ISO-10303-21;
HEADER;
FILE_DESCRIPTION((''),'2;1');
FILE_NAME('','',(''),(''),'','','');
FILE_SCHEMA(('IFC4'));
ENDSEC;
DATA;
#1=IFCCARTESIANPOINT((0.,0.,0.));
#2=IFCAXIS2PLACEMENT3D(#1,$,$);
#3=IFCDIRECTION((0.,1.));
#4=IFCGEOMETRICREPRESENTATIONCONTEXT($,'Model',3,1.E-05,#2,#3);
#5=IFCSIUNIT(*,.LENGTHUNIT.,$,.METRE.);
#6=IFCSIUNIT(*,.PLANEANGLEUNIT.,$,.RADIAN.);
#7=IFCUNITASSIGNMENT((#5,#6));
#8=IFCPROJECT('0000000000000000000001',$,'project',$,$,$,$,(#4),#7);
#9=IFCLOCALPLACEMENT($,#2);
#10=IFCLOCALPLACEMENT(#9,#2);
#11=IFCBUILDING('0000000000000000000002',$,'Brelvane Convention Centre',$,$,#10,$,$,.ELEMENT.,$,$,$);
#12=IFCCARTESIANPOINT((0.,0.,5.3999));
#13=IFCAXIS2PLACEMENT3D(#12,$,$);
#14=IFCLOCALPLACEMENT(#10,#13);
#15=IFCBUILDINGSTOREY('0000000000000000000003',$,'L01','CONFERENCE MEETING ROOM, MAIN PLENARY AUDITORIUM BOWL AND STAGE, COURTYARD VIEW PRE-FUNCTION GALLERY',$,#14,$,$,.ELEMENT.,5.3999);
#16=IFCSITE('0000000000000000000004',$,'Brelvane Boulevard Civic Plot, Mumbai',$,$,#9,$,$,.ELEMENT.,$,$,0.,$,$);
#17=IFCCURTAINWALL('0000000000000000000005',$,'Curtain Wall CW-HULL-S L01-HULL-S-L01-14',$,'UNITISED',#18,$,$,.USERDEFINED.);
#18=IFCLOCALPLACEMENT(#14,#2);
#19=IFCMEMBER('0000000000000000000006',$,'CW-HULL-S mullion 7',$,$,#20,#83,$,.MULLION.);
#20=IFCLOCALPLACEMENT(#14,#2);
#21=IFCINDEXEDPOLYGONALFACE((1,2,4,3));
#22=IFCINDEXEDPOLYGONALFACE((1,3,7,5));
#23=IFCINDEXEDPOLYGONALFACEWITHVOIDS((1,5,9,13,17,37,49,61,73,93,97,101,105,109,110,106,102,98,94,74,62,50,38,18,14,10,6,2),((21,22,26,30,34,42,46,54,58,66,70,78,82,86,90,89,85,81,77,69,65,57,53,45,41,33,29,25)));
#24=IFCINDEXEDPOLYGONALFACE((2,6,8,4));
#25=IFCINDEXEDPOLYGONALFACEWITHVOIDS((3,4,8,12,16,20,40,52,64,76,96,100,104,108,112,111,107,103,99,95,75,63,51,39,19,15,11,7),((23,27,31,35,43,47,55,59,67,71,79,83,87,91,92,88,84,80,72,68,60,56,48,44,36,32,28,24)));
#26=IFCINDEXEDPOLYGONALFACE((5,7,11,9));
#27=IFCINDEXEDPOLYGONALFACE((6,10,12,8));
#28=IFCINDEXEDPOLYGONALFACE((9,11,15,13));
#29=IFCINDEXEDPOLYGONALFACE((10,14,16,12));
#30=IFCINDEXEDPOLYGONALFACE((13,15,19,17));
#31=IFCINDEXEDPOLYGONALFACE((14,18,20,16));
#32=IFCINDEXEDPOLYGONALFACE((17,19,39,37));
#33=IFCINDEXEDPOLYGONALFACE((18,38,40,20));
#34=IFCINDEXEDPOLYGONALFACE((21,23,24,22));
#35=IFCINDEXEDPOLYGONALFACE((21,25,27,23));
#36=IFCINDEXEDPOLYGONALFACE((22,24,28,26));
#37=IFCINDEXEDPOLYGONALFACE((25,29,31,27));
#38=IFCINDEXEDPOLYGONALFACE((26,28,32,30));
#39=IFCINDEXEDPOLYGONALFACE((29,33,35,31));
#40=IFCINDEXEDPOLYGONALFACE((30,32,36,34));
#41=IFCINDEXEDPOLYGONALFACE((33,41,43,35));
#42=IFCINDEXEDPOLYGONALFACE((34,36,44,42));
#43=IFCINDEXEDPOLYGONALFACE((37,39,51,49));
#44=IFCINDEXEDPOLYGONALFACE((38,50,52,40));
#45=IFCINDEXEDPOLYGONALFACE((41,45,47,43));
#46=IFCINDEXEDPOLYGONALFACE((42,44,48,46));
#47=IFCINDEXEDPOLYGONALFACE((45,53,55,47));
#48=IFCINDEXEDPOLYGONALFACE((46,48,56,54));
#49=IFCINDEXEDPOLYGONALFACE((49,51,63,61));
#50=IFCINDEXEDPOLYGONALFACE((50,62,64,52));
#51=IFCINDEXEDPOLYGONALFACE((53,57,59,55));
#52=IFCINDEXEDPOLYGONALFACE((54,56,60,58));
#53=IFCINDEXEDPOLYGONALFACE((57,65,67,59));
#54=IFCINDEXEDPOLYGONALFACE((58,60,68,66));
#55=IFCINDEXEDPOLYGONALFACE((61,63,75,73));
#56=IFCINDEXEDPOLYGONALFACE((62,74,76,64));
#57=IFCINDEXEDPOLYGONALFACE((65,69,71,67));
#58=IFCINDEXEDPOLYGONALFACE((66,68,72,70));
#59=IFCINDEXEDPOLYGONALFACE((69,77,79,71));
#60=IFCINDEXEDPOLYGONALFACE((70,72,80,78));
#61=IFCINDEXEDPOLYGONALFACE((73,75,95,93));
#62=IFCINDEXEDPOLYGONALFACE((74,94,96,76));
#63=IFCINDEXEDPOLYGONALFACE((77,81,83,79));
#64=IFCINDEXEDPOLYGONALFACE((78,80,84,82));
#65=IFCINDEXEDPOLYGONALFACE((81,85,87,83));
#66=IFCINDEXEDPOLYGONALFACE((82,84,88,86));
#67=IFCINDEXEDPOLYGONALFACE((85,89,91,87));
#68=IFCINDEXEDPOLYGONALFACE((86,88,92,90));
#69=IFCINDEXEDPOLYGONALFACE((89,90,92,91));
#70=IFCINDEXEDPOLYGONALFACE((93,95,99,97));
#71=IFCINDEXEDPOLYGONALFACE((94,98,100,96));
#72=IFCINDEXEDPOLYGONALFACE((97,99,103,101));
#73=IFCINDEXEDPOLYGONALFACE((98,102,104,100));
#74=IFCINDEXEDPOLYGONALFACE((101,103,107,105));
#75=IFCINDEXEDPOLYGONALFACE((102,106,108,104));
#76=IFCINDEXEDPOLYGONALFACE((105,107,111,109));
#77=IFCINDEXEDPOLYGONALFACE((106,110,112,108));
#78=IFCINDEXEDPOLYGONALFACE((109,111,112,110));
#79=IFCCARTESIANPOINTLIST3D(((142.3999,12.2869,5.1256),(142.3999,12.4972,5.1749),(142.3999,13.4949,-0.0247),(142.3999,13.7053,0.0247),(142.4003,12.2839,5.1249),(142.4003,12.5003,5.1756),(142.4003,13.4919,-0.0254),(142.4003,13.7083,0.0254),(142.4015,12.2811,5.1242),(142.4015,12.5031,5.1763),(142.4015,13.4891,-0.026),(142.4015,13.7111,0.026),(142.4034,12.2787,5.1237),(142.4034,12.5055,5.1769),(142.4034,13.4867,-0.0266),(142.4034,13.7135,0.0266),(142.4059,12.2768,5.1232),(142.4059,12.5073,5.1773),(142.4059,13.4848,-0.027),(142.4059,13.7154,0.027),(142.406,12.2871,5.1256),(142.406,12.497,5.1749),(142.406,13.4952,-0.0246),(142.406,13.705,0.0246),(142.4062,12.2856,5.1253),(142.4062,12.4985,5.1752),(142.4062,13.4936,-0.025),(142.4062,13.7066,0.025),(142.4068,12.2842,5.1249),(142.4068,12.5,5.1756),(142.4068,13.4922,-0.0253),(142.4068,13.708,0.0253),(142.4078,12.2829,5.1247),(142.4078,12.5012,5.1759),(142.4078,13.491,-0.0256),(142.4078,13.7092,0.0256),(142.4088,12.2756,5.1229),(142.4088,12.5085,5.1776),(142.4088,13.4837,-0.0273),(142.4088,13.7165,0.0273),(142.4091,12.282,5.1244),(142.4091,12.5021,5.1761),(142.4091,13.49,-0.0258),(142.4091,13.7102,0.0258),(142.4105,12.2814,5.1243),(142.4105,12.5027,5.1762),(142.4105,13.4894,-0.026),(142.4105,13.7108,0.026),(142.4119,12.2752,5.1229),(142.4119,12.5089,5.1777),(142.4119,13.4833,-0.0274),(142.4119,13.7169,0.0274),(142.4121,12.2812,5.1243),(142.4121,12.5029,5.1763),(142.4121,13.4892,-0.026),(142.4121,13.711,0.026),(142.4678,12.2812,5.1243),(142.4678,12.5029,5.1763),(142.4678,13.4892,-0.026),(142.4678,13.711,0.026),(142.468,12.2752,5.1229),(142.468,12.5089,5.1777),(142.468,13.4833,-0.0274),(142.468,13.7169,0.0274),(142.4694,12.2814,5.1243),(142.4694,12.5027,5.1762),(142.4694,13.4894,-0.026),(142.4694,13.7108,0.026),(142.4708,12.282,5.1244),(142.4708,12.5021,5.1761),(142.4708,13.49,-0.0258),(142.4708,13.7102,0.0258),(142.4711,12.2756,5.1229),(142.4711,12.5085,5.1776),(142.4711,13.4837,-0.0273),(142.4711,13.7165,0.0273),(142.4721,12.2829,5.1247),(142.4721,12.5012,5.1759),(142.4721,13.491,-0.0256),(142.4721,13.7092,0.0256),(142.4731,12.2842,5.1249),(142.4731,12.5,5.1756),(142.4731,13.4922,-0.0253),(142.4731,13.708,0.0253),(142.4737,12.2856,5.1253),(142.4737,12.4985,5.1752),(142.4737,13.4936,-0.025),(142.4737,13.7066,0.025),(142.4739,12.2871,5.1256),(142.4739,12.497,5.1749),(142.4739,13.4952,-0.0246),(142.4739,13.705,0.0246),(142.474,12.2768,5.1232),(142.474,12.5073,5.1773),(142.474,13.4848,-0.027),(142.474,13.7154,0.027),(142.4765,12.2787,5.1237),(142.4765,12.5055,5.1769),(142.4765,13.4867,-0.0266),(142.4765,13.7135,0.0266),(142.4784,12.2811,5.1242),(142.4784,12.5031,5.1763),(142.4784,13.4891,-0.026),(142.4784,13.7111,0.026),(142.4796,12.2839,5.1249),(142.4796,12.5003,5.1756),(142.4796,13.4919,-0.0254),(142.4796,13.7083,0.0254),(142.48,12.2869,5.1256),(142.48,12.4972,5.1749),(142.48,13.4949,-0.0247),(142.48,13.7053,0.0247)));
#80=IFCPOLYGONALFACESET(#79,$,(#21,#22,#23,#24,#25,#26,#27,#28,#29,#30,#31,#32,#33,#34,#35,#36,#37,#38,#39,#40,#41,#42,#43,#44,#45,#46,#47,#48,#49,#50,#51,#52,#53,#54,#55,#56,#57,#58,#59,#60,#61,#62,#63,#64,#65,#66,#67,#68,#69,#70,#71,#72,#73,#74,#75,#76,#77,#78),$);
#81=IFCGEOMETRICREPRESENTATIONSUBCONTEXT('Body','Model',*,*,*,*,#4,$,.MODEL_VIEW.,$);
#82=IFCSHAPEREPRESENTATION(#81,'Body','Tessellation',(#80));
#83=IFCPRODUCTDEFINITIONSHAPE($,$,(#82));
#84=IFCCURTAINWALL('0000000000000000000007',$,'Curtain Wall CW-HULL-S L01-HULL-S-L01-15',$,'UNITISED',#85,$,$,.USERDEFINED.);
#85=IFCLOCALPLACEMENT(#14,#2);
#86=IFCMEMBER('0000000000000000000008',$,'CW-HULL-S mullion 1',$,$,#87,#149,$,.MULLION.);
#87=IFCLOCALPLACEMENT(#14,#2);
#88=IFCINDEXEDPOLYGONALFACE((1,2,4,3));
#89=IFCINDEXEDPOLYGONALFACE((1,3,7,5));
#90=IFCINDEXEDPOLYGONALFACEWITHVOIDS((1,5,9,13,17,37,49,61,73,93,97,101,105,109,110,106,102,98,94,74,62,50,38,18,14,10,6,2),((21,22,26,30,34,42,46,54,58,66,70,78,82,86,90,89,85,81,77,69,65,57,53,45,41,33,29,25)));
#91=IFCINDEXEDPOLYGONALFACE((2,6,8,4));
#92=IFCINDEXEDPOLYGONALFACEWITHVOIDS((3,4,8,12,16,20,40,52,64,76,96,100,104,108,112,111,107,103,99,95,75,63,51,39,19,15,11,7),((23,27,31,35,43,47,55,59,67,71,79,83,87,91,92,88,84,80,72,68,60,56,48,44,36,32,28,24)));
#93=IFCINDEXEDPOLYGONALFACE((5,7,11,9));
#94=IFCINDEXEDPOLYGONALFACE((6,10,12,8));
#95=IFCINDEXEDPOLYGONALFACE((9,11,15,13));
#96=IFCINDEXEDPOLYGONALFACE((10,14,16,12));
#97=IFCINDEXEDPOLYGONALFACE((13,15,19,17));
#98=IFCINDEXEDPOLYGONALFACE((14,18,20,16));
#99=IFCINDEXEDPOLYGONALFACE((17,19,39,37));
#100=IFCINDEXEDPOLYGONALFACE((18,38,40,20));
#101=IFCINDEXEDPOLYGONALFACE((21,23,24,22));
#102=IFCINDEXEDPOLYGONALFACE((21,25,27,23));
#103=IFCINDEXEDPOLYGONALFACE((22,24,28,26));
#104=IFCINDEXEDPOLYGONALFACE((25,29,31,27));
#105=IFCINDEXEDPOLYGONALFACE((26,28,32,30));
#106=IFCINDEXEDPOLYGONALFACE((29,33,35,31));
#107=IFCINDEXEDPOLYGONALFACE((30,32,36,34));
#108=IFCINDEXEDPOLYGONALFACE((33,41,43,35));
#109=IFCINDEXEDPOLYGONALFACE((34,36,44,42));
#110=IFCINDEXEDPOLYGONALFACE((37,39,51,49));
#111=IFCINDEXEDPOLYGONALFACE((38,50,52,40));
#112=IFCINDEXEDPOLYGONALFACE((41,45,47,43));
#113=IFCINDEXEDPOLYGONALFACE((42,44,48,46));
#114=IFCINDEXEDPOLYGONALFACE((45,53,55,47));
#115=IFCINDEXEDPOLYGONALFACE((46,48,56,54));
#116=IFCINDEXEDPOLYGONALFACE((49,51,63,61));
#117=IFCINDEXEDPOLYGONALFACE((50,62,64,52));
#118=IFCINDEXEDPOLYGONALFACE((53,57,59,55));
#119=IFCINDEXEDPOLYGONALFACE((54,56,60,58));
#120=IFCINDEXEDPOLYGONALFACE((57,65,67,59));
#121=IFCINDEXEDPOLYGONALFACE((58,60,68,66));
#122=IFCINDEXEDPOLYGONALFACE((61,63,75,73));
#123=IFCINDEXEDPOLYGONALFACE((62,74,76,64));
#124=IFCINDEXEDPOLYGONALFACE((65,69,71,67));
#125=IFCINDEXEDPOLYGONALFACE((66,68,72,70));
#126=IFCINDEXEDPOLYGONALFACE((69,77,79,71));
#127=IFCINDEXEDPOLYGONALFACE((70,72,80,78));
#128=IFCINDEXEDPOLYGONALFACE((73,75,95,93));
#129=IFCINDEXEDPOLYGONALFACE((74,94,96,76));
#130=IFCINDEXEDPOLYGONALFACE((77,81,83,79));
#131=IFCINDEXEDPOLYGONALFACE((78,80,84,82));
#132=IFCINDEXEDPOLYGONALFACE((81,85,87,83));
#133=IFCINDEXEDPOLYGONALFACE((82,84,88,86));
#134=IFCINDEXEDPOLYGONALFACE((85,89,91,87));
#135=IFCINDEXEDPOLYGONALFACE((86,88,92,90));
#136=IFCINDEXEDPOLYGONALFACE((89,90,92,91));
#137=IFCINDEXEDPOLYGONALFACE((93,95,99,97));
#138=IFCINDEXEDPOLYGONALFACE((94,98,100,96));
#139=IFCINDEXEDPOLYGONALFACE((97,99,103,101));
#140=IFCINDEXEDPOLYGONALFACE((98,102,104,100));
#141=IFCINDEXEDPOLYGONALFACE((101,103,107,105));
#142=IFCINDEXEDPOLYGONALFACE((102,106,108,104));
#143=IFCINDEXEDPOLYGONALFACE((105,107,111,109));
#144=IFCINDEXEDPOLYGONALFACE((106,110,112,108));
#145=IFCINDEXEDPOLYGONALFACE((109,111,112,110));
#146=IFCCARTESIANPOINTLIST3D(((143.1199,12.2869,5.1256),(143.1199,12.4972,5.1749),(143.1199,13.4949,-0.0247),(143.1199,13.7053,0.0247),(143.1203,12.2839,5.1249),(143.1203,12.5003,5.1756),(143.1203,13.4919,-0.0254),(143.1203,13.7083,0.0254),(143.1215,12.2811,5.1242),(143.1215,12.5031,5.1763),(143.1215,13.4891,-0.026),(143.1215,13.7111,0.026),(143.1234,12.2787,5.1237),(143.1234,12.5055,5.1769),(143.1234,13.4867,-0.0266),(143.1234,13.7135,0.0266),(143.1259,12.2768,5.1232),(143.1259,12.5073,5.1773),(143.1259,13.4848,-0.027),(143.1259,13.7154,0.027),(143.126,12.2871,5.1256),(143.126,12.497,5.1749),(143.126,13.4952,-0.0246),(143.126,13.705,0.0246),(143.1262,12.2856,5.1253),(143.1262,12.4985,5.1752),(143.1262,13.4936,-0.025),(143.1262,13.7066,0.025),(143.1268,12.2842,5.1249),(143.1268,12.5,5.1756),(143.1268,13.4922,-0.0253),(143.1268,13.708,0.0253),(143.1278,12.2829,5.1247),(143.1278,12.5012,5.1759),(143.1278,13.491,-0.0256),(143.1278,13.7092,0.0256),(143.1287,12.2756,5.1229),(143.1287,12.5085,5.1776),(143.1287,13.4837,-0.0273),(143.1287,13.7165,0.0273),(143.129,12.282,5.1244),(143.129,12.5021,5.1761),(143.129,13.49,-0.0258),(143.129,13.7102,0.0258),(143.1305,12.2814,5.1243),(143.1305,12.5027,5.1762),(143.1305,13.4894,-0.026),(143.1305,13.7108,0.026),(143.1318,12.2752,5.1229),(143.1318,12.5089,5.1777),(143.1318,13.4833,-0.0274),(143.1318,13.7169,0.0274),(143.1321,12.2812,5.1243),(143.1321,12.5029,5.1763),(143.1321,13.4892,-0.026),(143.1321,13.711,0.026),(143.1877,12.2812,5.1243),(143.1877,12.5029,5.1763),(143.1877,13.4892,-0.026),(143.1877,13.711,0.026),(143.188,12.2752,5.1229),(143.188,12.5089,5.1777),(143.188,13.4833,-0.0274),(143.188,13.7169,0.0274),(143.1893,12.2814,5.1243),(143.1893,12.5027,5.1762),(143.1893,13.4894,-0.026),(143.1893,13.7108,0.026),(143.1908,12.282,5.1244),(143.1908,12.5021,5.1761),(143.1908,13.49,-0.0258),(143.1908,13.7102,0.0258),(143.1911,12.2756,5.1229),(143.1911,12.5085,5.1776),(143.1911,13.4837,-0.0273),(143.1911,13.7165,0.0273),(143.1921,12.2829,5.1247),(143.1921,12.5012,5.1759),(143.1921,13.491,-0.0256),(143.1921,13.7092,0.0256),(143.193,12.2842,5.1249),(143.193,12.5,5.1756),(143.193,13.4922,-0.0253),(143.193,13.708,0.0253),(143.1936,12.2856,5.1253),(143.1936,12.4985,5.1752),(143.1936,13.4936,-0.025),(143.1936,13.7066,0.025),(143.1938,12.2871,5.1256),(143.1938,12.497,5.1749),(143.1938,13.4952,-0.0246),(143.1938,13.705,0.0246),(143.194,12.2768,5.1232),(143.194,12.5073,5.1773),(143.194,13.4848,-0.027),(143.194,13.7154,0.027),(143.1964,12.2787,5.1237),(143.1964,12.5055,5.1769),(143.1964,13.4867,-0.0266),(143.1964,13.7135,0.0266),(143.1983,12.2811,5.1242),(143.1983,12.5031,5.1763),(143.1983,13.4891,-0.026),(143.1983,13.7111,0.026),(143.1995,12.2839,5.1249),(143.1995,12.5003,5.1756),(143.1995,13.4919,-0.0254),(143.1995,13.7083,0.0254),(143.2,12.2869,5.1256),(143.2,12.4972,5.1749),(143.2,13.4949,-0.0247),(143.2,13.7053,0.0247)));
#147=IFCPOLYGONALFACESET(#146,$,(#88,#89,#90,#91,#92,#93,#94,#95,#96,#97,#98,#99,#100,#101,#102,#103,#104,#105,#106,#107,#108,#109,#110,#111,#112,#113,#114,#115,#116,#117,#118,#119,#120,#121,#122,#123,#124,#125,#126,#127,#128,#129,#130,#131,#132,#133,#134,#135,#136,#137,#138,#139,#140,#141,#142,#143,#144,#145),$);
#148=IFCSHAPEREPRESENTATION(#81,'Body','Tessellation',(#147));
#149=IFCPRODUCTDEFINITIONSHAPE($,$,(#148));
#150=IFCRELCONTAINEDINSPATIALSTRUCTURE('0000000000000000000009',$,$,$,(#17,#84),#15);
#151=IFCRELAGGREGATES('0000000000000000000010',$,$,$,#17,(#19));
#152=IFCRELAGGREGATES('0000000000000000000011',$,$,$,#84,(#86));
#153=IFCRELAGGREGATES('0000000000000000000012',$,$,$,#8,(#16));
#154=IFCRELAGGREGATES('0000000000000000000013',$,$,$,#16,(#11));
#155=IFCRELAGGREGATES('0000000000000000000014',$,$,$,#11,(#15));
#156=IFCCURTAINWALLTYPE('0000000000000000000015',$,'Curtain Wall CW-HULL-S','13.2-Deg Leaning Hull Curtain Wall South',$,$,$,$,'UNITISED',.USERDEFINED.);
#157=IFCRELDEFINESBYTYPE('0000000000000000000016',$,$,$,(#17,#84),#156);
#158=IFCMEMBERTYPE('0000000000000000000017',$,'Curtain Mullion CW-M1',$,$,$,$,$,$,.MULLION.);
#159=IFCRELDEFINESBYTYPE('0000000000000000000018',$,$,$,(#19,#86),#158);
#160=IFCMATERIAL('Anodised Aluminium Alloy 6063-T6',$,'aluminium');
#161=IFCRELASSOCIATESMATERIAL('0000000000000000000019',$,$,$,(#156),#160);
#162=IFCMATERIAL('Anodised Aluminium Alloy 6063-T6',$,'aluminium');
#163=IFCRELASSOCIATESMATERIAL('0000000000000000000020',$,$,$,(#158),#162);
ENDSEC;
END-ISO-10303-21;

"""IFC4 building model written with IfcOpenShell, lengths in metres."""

from ifc_helpers import new_model, si_unit, direction, frame, origin, origin_2d, place, context, subcontext, project, spatial, hollow_rectangle, extrude, material, material_profile, profile_set, type_object, element, aggregate, save


model = new_model("IFC4")

# Units and contexts
model_context = context("Model", 3, precision=1e-05, world=origin(), true_north=direction((0.0, 1.0)))
body_context = subcontext(model_context, "Body", "Model", "MODEL_VIEW")
ifc_project = project(units=[si_unit("LENGTHUNIT", "METRE"), si_unit("PLANEANGLEUNIT", "RADIAN")], contexts=[model_context])

# Site, building, storey
site_placement = place(None, origin())
site = spatial("IfcSite", under=ifc_project, at=site_placement, Name="Brelvane Boulevard Civic Plot, Mumbai", CompositionType="ELEMENT", RefElevation=0.0)
building_placement = place(site_placement, origin())
building = spatial("IfcBuilding", under=site, at=building_placement, Name="Brelvane Convention Centre", CompositionType="ELEMENT")
storey_placement = place(building_placement, frame((0.0, 0.0, 5.3999)))
storey = spatial("IfcBuildingStorey", under=building, at=storey_placement, Name="L01", Description="CONFERENCE MEETING ROOM, MAIN PLENARY AUDITORIUM BOWL AND STAGE, COURTYARD VIEW PRE-FUNCTION GALLERY", CompositionType="ELEMENT", Elevation=5.3999)

# Curtain walls, members
ifc_material_1 = material(Name="Anodised Aluminium Alloy 6063-T6", Category="aluminium")
curtain_wall_type = type_object("IfcCurtainWallType", Name="Curtain Wall CW-HULL-S", Description="13.2-Deg Leaning Hull Curtain Wall South", ElementType="UNITISED", PredefinedType="USERDEFINED", material=ifc_material_1)
curtain_wall_1_placement = place(storey_placement, origin())
curtain_wall_1 = element("IfcCurtainWall", 1, at=curtain_wall_1_placement, inside=storey, type_object=curtain_wall_type, Name="Curtain Wall CW-HULL-S L01-HULL-S-L01-14", ObjectType="UNITISED", PredefinedType="USERDEFINED")
ifc_material_2 = material(Name="Anodised Aluminium Alloy 6063-T6", Category="aluminium")
ifc_material_profile_1 = material_profile(ifc_material_2, hollow_rectangle(XDim=0.0801, YDim=0.24, WallThickness=0.0061, InnerFilletRadius=0.0061, OuterFilletRadius=0.012, at=origin_2d()), Name="ALU-M 240x80x6.0")
ifc_profile_set_1 = profile_set([ifc_material_profile_1], Name="Anodised Aluminium Alloy 6063-T6")
member_type_1 = type_object("IfcMemberType", Name="Curtain Mullion CW-M1", PredefinedType="MULLION", material=ifc_profile_set_1)
member_1_placement = place(storey_placement, frame((142.4399, 13.6001, 0.0), z_axis=(0.0, -0.22836, 0.973577), x_axis=(1.0, 0.0, 0.0)))
member_1 = element("IfcMember", 2, at=member_1_placement, type_object=member_type_1, Name="CW-HULL-S mullion 7", PredefinedType="MULLION", context=body_context, shape_type="SweptSolid", body=[
    extrude(hollow_rectangle(XDim=0.0801, YDim=0.24, WallThickness=0.0061, InnerFilletRadius=0.0061, OuterFilletRadius=0.012, at=origin_2d()), origin(), (0.0, 0.0, 1.0), 5.29),
])
aggregate(curtain_wall_1, [member_1])
curtain_wall_2_placement = place(storey_placement, origin())
curtain_wall_2 = element("IfcCurtainWall", 3, at=curtain_wall_2_placement, inside=storey, type_object=curtain_wall_type, Name="Curtain Wall CW-HULL-S L01-HULL-S-L01-15", ObjectType="UNITISED", PredefinedType="USERDEFINED")
member_2_placement = place(storey_placement, frame((143.1599, 13.6001, 0.0), z_axis=(0.0, -0.22836, 0.973577), x_axis=(1.0, 0.0, 0.0)))
member_2 = element("IfcMember", 4, at=member_2_placement, type_object=member_type_1, Name="CW-HULL-S mullion 1", PredefinedType="MULLION", context=body_context, shape_type="SweptSolid", body=[
    extrude(hollow_rectangle(XDim=0.0801, YDim=0.24, WallThickness=0.0061, InnerFilletRadius=0.0061, OuterFilletRadius=0.012, at=origin_2d()), origin(), (0.0, 0.0, 1.0), 5.29),
])
aggregate(curtain_wall_2, [member_2])

save(model, "model.ifc")
